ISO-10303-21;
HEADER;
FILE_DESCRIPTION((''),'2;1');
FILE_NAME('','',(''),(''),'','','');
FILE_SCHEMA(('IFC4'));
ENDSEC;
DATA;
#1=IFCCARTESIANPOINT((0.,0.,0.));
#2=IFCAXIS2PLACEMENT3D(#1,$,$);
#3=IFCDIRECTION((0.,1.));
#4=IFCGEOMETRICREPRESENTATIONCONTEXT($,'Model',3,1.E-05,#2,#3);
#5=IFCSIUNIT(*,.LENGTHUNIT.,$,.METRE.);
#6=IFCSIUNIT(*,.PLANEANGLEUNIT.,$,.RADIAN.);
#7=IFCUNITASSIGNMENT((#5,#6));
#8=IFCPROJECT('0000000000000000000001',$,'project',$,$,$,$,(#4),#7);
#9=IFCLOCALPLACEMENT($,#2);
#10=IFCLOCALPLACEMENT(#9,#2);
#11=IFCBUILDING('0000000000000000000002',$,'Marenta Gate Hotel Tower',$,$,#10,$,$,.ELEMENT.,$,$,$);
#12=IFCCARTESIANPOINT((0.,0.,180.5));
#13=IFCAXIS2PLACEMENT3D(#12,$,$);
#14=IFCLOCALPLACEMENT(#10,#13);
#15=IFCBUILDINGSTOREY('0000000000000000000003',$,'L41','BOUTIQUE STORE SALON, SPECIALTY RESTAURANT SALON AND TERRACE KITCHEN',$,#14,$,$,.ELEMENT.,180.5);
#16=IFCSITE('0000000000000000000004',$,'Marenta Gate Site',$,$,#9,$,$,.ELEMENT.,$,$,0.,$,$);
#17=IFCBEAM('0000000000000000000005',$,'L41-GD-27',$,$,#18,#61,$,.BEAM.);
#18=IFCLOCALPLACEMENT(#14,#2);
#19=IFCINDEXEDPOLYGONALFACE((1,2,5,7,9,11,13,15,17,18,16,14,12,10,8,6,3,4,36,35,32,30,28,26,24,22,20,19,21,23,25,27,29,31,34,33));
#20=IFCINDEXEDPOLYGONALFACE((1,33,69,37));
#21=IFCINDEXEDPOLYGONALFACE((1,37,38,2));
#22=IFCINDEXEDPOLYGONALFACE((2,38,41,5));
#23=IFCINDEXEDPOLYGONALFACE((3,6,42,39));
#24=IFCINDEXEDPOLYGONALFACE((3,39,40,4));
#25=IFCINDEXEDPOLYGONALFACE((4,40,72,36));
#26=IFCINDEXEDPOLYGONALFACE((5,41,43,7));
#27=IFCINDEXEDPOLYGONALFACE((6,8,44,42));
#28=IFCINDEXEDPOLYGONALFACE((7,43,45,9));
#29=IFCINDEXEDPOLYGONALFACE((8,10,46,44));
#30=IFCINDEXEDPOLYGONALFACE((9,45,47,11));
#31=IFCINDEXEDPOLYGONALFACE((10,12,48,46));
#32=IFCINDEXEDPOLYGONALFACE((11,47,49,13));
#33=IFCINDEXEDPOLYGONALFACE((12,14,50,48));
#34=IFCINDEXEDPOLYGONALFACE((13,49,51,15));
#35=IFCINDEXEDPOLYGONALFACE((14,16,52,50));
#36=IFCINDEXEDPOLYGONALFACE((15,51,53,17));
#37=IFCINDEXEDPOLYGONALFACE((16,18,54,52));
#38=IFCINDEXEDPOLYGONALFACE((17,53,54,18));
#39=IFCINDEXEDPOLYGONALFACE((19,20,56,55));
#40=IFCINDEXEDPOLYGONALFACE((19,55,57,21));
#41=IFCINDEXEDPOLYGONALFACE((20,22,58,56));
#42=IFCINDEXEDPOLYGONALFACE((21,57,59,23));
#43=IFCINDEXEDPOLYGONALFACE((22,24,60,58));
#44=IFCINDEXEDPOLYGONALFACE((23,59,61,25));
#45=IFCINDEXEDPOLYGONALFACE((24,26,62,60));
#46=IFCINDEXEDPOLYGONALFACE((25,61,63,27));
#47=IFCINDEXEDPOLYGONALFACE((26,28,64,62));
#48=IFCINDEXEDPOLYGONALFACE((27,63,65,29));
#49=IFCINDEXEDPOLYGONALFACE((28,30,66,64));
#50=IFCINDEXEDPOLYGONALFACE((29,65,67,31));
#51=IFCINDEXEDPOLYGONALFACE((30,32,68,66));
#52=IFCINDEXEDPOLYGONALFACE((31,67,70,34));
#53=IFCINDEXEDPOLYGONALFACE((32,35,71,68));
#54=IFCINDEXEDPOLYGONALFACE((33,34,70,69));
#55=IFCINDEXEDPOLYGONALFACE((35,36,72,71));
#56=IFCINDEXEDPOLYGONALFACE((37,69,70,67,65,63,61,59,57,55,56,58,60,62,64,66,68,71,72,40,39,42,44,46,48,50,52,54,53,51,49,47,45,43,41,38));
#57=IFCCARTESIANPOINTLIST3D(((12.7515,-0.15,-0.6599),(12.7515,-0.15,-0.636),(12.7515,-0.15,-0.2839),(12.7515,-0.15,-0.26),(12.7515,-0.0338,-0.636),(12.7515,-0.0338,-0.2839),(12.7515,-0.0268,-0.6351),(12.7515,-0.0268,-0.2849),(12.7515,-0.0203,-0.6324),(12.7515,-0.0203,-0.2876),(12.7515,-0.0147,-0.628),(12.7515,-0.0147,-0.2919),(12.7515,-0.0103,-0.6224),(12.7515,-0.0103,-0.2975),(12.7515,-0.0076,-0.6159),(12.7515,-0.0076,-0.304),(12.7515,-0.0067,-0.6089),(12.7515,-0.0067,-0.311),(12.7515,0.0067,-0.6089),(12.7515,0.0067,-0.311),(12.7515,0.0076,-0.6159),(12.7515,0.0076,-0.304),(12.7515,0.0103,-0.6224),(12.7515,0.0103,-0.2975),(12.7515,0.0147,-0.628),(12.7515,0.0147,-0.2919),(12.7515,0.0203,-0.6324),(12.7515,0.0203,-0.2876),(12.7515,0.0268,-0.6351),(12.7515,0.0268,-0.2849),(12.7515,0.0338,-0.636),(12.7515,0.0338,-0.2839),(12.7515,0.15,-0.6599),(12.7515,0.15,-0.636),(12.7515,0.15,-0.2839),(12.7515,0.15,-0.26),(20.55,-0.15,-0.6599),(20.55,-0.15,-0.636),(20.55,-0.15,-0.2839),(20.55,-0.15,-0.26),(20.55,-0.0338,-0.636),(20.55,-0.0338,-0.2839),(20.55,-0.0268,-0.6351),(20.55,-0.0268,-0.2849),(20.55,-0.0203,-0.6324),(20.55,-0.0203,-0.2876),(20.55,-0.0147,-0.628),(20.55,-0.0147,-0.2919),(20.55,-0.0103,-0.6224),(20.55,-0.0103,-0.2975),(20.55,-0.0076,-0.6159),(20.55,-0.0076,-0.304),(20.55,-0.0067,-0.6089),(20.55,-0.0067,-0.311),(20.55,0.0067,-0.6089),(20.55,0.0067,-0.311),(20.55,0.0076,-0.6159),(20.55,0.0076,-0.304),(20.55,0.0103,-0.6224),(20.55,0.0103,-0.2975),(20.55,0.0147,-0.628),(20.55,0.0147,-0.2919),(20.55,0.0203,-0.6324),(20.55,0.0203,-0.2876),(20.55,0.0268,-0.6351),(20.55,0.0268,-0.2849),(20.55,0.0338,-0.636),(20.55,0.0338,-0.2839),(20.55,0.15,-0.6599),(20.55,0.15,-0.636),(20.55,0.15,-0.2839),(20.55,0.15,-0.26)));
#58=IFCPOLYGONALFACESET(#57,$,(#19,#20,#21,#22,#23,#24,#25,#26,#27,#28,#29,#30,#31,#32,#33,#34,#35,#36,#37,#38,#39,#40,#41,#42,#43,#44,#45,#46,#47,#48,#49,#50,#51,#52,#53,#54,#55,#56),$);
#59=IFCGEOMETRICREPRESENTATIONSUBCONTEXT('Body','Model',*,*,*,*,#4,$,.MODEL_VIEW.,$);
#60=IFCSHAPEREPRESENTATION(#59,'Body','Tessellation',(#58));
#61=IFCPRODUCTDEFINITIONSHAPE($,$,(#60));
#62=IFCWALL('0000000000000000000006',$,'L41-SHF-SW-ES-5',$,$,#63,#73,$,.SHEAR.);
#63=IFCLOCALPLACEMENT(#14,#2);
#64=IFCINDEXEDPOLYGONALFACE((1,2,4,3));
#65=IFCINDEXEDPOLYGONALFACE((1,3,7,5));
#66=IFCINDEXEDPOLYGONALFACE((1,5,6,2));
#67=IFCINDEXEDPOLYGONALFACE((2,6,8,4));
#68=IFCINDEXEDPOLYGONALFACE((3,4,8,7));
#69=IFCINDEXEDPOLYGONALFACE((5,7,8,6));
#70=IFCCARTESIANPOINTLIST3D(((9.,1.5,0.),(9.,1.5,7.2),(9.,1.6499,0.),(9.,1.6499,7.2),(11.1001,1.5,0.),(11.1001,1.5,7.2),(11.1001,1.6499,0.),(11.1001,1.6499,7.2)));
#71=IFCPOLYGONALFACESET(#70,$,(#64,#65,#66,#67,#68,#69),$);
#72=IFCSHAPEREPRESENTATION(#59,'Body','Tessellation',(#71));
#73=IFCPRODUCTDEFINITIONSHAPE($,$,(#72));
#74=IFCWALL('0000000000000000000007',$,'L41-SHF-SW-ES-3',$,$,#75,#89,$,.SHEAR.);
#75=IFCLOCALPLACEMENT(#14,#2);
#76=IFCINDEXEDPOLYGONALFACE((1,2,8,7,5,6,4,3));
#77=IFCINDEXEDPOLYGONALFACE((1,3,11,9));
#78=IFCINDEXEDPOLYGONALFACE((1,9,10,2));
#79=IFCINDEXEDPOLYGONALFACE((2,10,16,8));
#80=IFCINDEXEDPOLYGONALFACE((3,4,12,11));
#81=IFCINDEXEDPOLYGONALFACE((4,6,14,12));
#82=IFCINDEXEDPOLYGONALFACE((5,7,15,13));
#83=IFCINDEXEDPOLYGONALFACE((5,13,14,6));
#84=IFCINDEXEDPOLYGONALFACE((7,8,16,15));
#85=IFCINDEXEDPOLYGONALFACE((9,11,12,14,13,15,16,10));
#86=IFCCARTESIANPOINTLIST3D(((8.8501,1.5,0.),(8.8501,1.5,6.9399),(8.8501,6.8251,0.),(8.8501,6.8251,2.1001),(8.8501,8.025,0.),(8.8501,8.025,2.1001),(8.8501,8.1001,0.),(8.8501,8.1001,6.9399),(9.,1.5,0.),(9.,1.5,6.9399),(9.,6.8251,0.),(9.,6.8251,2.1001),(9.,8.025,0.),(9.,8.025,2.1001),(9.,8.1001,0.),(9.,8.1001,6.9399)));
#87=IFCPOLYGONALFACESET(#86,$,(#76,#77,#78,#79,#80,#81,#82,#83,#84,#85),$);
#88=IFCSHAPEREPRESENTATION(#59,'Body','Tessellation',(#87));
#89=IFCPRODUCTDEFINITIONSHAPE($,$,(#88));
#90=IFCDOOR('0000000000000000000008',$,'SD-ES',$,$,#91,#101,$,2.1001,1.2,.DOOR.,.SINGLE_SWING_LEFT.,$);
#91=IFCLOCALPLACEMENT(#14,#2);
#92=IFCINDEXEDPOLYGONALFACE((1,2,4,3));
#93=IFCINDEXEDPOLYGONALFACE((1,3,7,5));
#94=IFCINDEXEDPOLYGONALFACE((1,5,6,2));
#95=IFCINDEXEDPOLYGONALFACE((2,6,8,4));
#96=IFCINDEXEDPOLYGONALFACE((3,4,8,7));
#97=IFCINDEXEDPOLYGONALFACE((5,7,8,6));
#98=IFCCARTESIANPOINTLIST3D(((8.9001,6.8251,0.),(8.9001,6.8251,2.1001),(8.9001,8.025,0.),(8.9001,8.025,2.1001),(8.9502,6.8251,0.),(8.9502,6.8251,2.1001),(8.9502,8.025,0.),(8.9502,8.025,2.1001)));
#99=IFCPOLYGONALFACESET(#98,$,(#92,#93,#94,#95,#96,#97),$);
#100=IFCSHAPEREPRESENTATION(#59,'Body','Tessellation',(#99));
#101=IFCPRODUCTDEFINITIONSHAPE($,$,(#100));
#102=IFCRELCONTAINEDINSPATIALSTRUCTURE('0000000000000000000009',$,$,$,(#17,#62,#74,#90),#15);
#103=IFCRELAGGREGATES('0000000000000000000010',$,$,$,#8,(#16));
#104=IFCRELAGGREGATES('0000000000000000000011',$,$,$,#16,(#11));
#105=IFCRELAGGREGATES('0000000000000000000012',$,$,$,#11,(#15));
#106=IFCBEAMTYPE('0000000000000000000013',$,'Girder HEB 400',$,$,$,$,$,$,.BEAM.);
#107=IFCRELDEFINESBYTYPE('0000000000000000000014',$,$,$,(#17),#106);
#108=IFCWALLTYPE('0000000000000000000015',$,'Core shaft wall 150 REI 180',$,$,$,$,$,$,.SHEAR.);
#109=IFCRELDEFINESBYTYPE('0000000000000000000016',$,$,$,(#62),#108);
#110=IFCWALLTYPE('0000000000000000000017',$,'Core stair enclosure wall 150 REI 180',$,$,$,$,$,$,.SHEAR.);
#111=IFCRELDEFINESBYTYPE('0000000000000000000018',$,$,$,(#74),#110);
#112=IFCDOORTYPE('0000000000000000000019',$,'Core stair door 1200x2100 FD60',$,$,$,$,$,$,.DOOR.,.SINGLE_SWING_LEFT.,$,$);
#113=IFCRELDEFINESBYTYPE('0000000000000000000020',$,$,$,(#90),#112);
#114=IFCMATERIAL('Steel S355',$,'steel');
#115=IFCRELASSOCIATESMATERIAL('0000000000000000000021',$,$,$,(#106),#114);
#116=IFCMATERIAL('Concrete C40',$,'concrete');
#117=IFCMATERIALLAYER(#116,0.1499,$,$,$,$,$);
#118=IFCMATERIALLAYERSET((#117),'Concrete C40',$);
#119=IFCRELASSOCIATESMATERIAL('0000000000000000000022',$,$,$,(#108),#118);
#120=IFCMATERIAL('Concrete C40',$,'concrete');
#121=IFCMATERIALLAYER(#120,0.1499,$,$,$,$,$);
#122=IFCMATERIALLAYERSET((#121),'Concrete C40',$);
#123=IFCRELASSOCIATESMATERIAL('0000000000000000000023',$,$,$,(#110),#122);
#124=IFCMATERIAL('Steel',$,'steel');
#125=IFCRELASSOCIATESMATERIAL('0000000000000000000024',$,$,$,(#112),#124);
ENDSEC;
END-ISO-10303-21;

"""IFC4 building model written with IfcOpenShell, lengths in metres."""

from ifc_helpers import new_model, si_unit, direction, frame, frame_2d, origin, origin_2d, place, context, subcontext, project, spatial, rectangle, i_section, extrude, material, layer, layer_set, material_profile, profile_set, type_object, element, fill, save


model = new_model("IFC4")

# Units and contexts
model_context = context("Model", 3, precision=1e-05, world=origin(), true_north=direction((0.0, 1.0)))
body_context = subcontext(model_context, "Body", "Model", "MODEL_VIEW")
ifc_project = project(units=[si_unit("LENGTHUNIT", "METRE"), si_unit("PLANEANGLEUNIT", "RADIAN")], contexts=[model_context])

# Site, building, storey
site_placement = place(None, origin())
site = spatial("IfcSite", under=ifc_project, at=site_placement, Name="Marenta Gate Site", CompositionType="ELEMENT", RefElevation=0.0)
building_placement = place(site_placement, origin())
building = spatial("IfcBuilding", under=site, at=building_placement, Name="Marenta Gate Hotel Tower", CompositionType="ELEMENT")
storey_placement = place(building_placement, frame((0.0, 0.0, 180.5)))
storey = spatial("IfcBuildingStorey", under=building, at=storey_placement, Name="L41", Description="BOUTIQUE STORE SALON, SPECIALTY RESTAURANT SALON AND TERRACE KITCHEN", CompositionType="ELEMENT", Elevation=180.5)

# Beam
ifc_material_1 = material(Name="Steel S355", Category="steel")
ifc_material_profile = material_profile(ifc_material_1, i_section(OverallWidth=0.3, OverallDepth=0.3999, WebThickness=0.0134, FlangeThickness=0.0239, FilletRadius=0.0271, at=origin_2d()), Name="HEB 400")
ifc_profile_set = profile_set([ifc_material_profile], Name="Steel S355")
beam_type = type_object("IfcBeamType", Name="Girder HEB 400", PredefinedType="BEAM", material=ifc_profile_set)
beam_placement = place(storey_placement, frame((12.7515, 0.0, -0.46), z_axis=(1.0, 0.0, 0.0), x_axis=(0.0, 1.0, 0.0)))
element("IfcBeam", 1, at=beam_placement, inside=storey, type_object=beam_type, Name="L41-GD-27", PredefinedType="BEAM", context=body_context, shape_type="SweptSolid", body=[
    extrude(i_section(OverallWidth=0.3, OverallDepth=0.3999, WebThickness=0.0134, FlangeThickness=0.0239, FilletRadius=0.0271, at=origin_2d()), origin(), (0.0, 0.0, 1.0), 7.7986),
])

# Wall
ifc_material_2 = material(Name="Concrete C40", Category="concrete")
ifc_layer_1 = layer(ifc_material_2, 0.1499)
ifc_layer_set_1 = layer_set([ifc_layer_1], Name="Concrete C40")
wall_type_1 = type_object("IfcWallType", Name="Core shaft wall 150 REI 180", PredefinedType="SHEAR", material=ifc_layer_set_1)
wall_1_placement = place(storey_placement, frame((9.0, 1.575, 0.0), z_axis=(0.0, 0.0, 1.0), x_axis=(1.0, 0.0, 0.0)))
element("IfcWall", 2, at=wall_1_placement, inside=storey, type_object=wall_type_1, Name="L41-SHF-SW-ES-5", PredefinedType="SHEAR", context=body_context, shape_type="SweptSolid", body=[
    extrude(rectangle(XDim=2.1001, YDim=0.1499, at=frame_2d((1.05, 0.0))), origin(), (0.0, 0.0, 1.0), 7.2),
])

# Wall, opening, door
ifc_material_3 = material(Name="Concrete C40", Category="concrete")
ifc_layer_2 = layer(ifc_material_3, 0.1499)
ifc_layer_set_2 = layer_set([ifc_layer_2], Name="Concrete C40")
wall_type_2 = type_object("IfcWallType", Name="Core stair enclosure wall 150 REI 180", PredefinedType="SHEAR", material=ifc_layer_set_2)
wall_2_placement = place(storey_placement, frame((8.925, 1.5, 0.0), z_axis=(0.0, 0.0, 1.0), x_axis=(0.0, 1.0, 0.0)))
wall_2 = element("IfcWall", 3, at=wall_2_placement, inside=storey, type_object=wall_type_2, Name="L41-SHF-SW-ES-3", PredefinedType="SHEAR", context=body_context, shape_type="SweptSolid", body=[
    extrude(rectangle(XDim=6.6001, YDim=0.1499, at=frame_2d((3.3, 0.0))), origin(), (0.0, 0.0, 1.0), 6.9399),
])
opening_1_placement = place(wall_2_placement, frame((5.325, 0.0, 0.0)))
opening_1 = element("IfcOpeningElement", 4, at=opening_1_placement, cuts=wall_2, PredefinedType="OPENING", context=body_context, shape_type="SweptSolid", body=[
    extrude(rectangle(XDim=1.2, YDim=2.1001, at=frame_2d((0.6001, 1.05))), frame((0.0, 0.075, 0.0), z_axis=(0.0, -1.0, 0.0), x_axis=(1.0, 0.0, 0.0)), (0.0, 0.0, 1.0), 0.1499),
])
ifc_material_4 = material(Name="Steel", Category="steel")
door_type_1 = type_object("IfcDoorType", Name="Core stair door 1200x2100 FD60", OperationType="SINGLE_SWING_LEFT", PredefinedType="DOOR", material=ifc_material_4)
door_1_placement = place(opening_1_placement, origin())
door_1 = element("IfcDoor", 5, at=door_1_placement, inside=storey, type_object=door_type_1, Name="SD-ES", OperationType="SINGLE_SWING_LEFT", OverallHeight=2.1001, OverallWidth=1.2, PredefinedType="DOOR", context=body_context, shape_type="SweptSolid", body=[
    extrude(rectangle(XDim=1.2, YDim=2.1001, at=frame_2d((0.6001, 1.05))), frame((0.0, 0.0249, 0.0), z_axis=(0.0, -1.0, 0.0), x_axis=(1.0, 0.0, 0.0)), (0.0, 0.0, 1.0), 0.05),
])
fill(opening_1, door_1)

save(model, "model.ifc")
